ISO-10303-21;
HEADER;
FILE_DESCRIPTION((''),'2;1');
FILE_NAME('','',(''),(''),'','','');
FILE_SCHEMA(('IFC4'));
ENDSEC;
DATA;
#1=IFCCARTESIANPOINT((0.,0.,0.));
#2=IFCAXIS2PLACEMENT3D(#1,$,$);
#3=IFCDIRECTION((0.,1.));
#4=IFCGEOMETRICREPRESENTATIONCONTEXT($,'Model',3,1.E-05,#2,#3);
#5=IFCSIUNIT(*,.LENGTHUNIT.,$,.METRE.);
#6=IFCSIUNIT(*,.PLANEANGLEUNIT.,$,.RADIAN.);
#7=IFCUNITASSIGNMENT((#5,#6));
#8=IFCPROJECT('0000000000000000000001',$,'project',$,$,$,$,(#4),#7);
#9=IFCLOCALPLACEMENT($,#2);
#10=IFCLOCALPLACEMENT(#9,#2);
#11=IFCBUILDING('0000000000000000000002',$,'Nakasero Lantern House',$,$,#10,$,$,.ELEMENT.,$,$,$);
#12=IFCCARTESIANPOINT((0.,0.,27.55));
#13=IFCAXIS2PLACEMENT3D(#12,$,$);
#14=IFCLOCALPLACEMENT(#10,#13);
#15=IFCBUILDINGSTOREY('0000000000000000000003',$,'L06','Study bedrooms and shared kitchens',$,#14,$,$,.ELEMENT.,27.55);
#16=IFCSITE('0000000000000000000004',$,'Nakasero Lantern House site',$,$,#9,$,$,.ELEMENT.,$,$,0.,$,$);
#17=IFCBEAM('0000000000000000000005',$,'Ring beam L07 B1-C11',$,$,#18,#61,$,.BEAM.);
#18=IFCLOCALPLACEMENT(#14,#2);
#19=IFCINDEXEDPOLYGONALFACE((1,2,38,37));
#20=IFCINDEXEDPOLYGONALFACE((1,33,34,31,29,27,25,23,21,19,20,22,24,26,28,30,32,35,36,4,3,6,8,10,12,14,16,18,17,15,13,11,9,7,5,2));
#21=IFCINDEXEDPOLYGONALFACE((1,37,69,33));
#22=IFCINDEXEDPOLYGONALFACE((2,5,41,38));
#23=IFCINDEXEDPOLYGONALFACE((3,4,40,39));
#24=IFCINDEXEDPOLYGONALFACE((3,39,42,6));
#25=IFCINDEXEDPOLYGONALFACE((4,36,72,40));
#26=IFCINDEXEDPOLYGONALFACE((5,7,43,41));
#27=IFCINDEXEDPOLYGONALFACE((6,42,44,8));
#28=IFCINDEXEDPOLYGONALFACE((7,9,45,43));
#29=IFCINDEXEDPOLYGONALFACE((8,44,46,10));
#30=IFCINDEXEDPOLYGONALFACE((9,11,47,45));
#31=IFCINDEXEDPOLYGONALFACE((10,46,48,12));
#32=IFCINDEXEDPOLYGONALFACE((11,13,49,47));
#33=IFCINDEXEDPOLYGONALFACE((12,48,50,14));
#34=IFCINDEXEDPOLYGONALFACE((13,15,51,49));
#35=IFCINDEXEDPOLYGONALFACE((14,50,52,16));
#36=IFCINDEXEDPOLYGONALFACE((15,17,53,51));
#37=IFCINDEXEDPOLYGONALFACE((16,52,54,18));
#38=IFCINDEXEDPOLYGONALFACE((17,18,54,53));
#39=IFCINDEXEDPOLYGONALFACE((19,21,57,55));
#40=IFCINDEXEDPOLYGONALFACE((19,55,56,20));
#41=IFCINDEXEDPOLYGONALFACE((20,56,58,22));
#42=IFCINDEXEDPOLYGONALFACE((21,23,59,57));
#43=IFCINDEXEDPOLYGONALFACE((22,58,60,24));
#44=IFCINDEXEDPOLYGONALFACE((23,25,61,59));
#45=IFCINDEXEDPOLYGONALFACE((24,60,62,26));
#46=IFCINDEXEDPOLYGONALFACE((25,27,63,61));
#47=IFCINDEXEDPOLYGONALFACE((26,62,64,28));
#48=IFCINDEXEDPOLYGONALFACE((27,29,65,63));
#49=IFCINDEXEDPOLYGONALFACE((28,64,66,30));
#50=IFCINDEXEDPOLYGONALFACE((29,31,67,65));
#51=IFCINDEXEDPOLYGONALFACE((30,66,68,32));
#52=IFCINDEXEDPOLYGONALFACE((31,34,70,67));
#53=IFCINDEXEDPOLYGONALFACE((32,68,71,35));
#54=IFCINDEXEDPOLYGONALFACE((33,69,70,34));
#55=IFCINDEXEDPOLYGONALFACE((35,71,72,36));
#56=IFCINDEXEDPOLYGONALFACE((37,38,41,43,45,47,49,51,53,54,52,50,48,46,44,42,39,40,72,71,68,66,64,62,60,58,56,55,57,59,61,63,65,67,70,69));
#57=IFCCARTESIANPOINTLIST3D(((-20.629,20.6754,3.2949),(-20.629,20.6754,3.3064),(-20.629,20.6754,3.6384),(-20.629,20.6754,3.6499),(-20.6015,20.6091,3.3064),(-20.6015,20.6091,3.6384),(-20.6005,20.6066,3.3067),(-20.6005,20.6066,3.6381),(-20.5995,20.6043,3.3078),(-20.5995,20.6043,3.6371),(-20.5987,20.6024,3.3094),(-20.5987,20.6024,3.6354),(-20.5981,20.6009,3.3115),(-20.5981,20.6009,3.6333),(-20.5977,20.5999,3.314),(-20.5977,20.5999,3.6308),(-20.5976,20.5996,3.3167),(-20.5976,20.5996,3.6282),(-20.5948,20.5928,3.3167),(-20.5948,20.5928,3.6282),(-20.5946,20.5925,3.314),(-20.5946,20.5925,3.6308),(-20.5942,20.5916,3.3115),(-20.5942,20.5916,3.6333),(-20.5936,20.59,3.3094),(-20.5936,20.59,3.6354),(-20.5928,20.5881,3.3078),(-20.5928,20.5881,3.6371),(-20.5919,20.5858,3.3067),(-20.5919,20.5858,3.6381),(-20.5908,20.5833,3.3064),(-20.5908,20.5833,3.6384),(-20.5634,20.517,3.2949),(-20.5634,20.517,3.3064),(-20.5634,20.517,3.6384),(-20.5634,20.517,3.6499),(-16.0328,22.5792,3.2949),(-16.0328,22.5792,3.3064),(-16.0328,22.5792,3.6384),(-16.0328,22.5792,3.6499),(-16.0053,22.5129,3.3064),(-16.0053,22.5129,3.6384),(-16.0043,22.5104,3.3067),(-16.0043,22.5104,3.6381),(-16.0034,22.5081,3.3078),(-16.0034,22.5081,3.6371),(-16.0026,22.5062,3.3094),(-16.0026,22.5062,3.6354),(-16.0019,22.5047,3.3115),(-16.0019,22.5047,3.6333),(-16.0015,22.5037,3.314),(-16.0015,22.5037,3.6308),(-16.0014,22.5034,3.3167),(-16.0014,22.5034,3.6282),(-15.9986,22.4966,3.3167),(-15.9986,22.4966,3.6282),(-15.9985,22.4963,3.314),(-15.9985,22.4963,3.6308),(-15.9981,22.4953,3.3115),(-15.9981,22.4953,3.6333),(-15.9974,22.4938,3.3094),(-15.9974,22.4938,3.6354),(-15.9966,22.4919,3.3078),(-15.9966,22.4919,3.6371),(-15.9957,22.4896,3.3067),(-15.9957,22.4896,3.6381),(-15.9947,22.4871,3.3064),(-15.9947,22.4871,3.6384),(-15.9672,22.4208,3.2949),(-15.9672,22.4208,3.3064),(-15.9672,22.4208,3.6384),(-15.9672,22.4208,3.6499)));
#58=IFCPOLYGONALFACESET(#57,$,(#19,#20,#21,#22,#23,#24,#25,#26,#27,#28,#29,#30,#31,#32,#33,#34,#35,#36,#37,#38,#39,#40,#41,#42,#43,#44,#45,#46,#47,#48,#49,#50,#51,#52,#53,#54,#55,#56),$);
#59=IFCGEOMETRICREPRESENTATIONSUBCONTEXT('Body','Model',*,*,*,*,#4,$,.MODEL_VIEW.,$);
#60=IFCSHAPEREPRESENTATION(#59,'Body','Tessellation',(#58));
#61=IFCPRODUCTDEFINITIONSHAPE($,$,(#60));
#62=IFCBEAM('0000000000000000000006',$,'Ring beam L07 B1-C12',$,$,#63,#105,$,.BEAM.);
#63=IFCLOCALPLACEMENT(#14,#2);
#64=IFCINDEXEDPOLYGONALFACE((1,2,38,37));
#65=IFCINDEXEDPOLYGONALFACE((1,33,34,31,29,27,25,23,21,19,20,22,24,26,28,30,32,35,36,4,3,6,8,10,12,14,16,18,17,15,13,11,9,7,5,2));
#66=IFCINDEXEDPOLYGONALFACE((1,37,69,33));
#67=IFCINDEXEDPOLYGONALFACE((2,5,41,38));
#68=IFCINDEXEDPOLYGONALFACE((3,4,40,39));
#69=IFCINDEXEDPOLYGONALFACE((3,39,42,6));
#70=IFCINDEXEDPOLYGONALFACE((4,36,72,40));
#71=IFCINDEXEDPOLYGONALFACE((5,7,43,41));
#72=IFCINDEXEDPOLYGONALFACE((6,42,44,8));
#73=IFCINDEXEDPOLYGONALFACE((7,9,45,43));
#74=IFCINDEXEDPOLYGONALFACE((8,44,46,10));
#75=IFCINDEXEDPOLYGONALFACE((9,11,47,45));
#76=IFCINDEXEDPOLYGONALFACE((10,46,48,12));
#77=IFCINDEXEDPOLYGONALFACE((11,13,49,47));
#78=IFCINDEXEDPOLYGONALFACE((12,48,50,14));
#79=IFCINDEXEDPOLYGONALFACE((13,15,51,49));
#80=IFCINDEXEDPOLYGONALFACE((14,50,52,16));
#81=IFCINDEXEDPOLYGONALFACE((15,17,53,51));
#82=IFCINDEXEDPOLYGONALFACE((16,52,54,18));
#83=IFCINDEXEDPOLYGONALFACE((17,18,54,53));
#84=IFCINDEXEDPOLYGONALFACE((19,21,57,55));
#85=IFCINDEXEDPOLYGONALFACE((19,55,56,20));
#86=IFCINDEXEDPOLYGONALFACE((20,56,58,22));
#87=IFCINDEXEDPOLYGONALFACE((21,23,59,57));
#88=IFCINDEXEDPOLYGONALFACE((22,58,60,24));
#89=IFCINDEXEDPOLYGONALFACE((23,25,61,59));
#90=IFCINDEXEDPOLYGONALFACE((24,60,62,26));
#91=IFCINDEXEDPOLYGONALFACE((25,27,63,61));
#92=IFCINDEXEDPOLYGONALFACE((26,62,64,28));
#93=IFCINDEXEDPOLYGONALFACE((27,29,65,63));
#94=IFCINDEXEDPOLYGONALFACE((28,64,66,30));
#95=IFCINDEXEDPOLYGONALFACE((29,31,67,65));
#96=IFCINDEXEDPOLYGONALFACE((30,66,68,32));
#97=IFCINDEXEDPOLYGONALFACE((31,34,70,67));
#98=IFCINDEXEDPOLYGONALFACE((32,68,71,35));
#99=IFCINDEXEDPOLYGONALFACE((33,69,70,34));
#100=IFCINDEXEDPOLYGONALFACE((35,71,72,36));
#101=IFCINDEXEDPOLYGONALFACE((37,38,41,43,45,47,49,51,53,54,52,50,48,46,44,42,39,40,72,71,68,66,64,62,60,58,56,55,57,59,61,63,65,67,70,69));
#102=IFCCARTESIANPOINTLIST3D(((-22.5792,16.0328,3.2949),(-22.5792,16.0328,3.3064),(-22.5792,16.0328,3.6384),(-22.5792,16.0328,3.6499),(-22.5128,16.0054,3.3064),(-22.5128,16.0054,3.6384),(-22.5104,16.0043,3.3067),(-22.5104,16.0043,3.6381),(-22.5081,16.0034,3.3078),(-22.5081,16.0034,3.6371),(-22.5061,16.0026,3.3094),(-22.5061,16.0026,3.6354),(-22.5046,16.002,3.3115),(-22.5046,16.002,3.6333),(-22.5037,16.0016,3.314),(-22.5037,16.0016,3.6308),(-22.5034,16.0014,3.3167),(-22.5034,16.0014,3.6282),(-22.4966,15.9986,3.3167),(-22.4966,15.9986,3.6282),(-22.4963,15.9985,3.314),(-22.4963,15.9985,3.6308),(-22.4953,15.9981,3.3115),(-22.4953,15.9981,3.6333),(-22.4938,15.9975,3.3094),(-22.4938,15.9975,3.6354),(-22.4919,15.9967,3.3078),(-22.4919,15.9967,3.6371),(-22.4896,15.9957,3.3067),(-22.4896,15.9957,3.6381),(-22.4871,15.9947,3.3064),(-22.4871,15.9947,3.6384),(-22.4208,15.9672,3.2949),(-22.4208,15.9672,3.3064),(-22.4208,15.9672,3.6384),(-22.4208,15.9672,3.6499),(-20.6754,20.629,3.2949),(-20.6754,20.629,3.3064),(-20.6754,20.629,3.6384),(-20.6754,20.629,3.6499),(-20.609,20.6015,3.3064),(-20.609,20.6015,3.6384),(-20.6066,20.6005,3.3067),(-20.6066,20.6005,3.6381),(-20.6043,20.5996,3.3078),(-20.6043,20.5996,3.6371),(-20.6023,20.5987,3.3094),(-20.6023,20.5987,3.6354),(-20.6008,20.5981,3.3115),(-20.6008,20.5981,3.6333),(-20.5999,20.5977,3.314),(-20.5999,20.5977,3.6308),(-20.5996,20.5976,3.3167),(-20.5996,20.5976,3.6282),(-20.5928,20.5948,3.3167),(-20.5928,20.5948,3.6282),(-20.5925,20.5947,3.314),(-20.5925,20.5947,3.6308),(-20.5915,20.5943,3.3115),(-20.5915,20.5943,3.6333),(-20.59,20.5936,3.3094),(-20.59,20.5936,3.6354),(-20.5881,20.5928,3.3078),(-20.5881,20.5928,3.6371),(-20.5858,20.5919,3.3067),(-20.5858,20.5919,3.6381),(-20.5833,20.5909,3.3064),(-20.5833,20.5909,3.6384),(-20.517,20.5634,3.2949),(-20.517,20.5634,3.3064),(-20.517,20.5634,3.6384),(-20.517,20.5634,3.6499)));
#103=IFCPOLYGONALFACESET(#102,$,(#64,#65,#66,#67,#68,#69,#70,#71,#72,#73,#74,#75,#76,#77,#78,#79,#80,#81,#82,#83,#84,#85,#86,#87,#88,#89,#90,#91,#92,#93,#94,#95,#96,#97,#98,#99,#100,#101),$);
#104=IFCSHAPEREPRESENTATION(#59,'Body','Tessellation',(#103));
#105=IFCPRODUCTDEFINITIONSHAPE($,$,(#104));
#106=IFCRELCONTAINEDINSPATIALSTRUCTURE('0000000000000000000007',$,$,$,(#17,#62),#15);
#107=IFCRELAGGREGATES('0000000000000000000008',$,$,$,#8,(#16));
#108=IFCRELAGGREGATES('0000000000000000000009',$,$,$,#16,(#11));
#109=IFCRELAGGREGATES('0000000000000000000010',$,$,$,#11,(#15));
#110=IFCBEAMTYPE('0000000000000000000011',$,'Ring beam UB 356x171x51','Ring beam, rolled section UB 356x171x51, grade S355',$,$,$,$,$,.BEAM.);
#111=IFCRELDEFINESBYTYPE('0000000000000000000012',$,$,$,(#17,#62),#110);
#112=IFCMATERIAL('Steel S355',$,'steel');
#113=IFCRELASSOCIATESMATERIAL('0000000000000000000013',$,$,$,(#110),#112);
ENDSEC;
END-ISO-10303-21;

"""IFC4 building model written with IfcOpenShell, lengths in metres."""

from ifc_helpers import new_model, si_unit, direction, frame, origin, origin_2d, place, context, subcontext, project, spatial, i_section, extrude, material, material_profile, profile_set, type_object, element, save


model = new_model("IFC4")

# Units and contexts
model_context = context("Model", 3, precision=1e-05, world=origin(), true_north=direction((0.0, 1.0)))
body_context = subcontext(model_context, "Body", "Model", "MODEL_VIEW")
ifc_project = project(units=[si_unit("LENGTHUNIT", "METRE"), si_unit("PLANEANGLEUNIT", "RADIAN")], contexts=[model_context])

# Site, building, storey
site_placement = place(None, origin())
site = spatial("IfcSite", under=ifc_project, at=site_placement, Name="Nakasero Lantern House site", CompositionType="ELEMENT", RefElevation=0.0)
building_placement = place(site_placement, origin())
building = spatial("IfcBuilding", under=site, at=building_placement, Name="Nakasero Lantern House", CompositionType="ELEMENT")
storey_placement = place(building_placement, frame((0.0, 0.0, 27.55)))
storey = spatial("IfcBuildingStorey", under=building, at=storey_placement, Name="L06", Description="Study bedrooms and shared kitchens", CompositionType="ELEMENT", Elevation=27.55)

# Beams
ifc_material_1 = material(Name="Steel S355", Category="steel")
ifc_material_profile_1 = material_profile(ifc_material_1, i_section(OverallWidth=0.1714, OverallDepth=0.355, WebThickness=0.0073, FlangeThickness=0.0115, FilletRadius=0.0103, at=origin_2d()), Name="UB 356x171x51")
ifc_profile_set_1 = profile_set([ifc_material_profile_1], Name="Steel S355")
beam_type_1 = type_object("IfcBeamType", Name="Ring beam UB 356x171x51", Description="Ring beam, rolled section UB 356x171x51, grade S355", PredefinedType="BEAM", material=ifc_profile_set_1)
for number, where, z_axis, x_axis, name in (
    (1, (-16.0, 22.5, 3.4724), (-0.923879, -0.382684, 0.0), (0.382684, -0.923879, 0.0), "Ring beam L07 B1-C11"),
    (2, (-20.5962, 20.5962, 3.4724), (-0.382684, -0.923879, 0.0), (0.923879, -0.382684, 0.0), "Ring beam L07 B1-C12"),
):
    element("IfcBeam", number, at=place(storey_placement, frame(where, z_axis=z_axis, x_axis=x_axis)), inside=storey, type_object=beam_type_1, Name=name, PredefinedType="BEAM", context=body_context, shape_type="SweptSolid", body=[
        extrude(i_section(OverallWidth=0.1714, OverallDepth=0.355, WebThickness=0.0073, FlangeThickness=0.0115, FilletRadius=0.0103, at=origin_2d()), origin(), (0.0, 0.0, 1.0), 4.9749),
    ])

save(model, "model.ifc")
